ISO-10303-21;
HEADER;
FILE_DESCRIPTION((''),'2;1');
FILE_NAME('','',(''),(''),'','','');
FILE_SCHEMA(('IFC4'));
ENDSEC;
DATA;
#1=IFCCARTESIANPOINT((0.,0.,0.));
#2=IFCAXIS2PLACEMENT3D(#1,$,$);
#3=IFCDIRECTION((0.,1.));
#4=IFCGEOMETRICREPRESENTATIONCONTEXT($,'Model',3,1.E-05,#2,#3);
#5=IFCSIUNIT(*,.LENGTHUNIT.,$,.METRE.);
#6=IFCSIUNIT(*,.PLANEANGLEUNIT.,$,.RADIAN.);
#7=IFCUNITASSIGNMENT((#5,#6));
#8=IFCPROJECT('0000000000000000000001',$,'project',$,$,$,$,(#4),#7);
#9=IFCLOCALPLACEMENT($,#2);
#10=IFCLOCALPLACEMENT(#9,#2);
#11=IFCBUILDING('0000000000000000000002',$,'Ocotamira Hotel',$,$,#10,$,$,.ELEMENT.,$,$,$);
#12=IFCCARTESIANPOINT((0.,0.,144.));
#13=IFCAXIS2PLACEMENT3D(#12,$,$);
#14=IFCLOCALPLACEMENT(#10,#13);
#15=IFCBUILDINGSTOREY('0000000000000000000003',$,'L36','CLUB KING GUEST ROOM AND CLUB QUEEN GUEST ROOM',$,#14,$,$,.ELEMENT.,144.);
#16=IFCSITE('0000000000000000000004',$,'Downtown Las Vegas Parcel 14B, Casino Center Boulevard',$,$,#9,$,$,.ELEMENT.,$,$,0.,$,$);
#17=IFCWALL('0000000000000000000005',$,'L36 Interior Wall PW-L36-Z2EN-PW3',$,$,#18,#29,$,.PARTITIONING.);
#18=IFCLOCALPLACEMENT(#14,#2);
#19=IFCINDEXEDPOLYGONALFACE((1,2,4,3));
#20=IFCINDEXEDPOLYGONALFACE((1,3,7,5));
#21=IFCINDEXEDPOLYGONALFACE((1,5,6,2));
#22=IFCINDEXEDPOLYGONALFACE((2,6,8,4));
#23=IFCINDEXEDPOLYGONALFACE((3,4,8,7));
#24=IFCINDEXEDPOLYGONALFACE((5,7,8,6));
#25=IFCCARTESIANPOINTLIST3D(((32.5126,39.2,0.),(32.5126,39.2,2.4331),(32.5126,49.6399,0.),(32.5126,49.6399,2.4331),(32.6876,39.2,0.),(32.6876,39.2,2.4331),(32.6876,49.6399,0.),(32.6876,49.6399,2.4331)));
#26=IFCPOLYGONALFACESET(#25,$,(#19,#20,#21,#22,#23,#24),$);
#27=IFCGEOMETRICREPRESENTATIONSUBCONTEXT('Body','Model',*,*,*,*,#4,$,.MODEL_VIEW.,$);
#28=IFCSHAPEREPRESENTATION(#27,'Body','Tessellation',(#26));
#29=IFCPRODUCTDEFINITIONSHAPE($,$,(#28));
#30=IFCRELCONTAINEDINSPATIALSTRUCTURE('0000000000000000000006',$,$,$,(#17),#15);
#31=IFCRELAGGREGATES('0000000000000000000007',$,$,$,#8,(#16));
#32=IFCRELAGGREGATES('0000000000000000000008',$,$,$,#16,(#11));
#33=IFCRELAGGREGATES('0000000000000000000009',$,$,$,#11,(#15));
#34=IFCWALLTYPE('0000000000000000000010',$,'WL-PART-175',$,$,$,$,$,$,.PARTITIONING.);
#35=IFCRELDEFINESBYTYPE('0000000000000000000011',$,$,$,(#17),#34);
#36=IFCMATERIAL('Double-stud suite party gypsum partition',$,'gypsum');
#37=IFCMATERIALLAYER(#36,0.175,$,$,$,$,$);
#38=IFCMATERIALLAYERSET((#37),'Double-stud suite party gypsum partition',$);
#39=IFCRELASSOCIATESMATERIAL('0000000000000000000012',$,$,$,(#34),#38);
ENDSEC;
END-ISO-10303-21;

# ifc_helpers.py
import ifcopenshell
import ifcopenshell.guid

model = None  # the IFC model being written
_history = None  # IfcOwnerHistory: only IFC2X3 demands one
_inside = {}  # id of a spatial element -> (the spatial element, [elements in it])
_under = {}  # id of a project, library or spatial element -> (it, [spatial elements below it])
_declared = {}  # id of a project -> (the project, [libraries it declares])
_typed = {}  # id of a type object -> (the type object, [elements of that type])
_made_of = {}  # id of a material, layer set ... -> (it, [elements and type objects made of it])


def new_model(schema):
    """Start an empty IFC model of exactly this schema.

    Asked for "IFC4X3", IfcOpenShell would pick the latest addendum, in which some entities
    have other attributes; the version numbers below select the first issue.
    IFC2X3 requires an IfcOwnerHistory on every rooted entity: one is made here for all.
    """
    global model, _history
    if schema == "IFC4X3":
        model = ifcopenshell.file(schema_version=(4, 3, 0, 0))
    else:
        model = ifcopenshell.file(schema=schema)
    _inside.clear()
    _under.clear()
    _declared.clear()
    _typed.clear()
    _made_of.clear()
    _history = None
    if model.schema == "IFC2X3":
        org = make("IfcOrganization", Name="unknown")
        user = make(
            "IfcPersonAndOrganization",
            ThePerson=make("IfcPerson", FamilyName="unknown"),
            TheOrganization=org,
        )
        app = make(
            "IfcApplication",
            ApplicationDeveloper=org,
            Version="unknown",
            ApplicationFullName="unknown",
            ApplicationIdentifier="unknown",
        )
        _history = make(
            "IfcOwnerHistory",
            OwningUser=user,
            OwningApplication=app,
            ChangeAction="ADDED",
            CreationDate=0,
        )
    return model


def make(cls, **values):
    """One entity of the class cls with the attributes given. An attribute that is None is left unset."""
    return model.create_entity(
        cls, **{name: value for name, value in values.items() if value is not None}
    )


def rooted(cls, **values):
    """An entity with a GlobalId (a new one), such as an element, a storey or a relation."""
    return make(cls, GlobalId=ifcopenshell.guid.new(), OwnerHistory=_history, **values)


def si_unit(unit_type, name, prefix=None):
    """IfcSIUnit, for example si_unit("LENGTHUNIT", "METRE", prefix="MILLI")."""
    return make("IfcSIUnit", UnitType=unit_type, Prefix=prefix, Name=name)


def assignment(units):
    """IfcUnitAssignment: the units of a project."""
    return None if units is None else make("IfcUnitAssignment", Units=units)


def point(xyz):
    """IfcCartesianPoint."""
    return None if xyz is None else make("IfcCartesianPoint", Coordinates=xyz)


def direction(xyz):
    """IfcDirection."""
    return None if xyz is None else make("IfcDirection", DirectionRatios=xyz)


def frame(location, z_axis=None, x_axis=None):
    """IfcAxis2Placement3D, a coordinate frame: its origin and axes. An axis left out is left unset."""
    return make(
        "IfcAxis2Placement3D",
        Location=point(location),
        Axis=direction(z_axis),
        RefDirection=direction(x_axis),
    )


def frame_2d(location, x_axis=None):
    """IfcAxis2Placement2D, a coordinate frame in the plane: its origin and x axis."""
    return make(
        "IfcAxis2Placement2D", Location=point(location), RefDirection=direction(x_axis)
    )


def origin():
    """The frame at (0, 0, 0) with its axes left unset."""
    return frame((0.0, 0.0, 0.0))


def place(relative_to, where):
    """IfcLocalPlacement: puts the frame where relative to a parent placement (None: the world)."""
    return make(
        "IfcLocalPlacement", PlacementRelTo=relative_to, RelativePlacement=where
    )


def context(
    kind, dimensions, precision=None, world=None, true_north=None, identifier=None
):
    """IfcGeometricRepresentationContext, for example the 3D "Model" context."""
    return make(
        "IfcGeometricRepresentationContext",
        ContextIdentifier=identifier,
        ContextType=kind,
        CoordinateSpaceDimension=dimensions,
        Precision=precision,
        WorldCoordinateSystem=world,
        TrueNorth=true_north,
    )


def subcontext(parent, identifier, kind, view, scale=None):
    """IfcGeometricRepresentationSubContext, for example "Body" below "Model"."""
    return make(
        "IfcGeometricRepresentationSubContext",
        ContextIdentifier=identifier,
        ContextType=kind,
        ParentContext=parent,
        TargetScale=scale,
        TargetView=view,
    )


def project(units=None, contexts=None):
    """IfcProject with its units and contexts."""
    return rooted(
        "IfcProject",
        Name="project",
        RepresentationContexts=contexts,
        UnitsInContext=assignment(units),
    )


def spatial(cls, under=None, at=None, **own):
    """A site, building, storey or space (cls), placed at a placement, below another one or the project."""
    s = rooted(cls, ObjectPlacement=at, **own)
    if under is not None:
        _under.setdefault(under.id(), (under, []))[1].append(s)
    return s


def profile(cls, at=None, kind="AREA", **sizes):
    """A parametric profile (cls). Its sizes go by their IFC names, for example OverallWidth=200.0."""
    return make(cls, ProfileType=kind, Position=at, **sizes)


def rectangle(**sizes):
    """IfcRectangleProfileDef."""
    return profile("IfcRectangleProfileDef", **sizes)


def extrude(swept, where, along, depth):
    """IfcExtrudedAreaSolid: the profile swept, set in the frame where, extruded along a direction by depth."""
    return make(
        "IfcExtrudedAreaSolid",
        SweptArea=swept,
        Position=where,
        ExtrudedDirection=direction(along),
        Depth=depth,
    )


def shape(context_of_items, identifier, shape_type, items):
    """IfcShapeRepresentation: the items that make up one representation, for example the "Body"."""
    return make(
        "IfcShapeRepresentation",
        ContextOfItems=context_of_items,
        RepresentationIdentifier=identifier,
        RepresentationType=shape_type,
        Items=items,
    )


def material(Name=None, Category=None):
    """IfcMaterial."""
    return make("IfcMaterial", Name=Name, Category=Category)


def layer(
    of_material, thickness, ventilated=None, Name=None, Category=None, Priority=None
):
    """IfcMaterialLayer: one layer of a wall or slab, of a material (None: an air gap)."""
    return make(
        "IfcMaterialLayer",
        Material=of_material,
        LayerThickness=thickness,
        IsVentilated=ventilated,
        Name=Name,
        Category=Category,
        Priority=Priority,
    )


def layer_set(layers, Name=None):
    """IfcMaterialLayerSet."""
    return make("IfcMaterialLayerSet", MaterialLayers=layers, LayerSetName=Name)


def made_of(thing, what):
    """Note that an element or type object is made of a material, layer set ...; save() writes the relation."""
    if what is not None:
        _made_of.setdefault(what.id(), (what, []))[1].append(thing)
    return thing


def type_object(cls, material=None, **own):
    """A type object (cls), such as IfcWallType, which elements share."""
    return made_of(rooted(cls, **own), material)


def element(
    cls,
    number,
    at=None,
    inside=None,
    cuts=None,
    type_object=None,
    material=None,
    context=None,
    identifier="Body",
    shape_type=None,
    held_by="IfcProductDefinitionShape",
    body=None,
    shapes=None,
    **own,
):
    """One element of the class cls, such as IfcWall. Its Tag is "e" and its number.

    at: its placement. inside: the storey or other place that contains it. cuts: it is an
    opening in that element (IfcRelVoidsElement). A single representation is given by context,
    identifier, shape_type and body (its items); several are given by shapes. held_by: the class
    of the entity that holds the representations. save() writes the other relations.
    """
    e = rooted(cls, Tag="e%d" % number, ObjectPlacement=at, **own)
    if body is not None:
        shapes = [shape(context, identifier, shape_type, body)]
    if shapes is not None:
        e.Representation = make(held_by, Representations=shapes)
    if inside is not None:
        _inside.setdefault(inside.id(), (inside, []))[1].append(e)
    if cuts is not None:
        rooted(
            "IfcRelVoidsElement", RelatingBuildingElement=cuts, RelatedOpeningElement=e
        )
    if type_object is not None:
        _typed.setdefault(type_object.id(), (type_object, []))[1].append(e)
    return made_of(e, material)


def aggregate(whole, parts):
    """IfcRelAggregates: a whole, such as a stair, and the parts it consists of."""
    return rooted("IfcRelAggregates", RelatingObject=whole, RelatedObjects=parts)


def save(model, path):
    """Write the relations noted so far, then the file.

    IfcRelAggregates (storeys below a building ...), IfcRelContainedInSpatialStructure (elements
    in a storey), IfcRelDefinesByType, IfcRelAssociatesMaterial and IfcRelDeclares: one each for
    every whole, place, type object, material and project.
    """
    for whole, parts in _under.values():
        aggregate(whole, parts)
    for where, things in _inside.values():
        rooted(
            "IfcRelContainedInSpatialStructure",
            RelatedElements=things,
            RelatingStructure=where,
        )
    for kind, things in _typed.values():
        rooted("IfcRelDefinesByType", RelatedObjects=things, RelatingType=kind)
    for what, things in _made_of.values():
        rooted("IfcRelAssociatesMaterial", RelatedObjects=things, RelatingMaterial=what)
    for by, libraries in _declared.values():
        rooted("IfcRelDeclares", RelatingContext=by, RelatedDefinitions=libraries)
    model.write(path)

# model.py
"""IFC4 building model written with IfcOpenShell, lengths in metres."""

from ifc_helpers import new_model, si_unit, direction, frame, frame_2d, origin, place, context, subcontext, project, spatial, rectangle, extrude, material, layer, layer_set, type_object, element, save


model = new_model("IFC4")

# Units and contexts
model_context = context("Model", 3, precision=1e-05, world=origin(), true_north=direction((0.0, 1.0)))
body_context = subcontext(model_context, "Body", "Model", "MODEL_VIEW")
ifc_project = project(units=[si_unit("LENGTHUNIT", "METRE"), si_unit("PLANEANGLEUNIT", "RADIAN")], contexts=[model_context])

# Site, building, storey
site_placement = place(None, origin())
site = spatial("IfcSite", under=ifc_project, at=site_placement, Name="Downtown Las Vegas Parcel 14B, Casino Center Boulevard", CompositionType="ELEMENT", RefElevation=0.0)
building_placement = place(site_placement, origin())
building = spatial("IfcBuilding", under=site, at=building_placement, Name="Ocotamira Hotel", CompositionType="ELEMENT")
storey_placement = place(building_placement, frame((0.0, 0.0, 144.0)))
storey = spatial("IfcBuildingStorey", under=building, at=storey_placement, Name="L36", Description="CLUB KING GUEST ROOM AND CLUB QUEEN GUEST ROOM", CompositionType="ELEMENT", Elevation=144.0)

# Wall
ifc_material_1 = material(Name="Double-stud suite party gypsum partition", Category="gypsum")
ifc_layer_1 = layer(ifc_material_1, 0.175)
ifc_layer_set_1 = layer_set([ifc_layer_1], Name="Double-stud suite party gypsum partition")
wall_type_1 = type_object("IfcWallType", Name="WL-PART-175", PredefinedType="PARTITIONING", material=ifc_layer_set_1)
wall_1_placement = place(storey_placement, frame((32.6001, 39.2, 0.0), z_axis=(0.0, 0.0, 1.0), x_axis=(0.0, 1.0, 0.0)))
element("IfcWall", 1, at=wall_1_placement, inside=storey, type_object=wall_type_1, Name="L36 Interior Wall PW-L36-Z2EN-PW3", PredefinedType="PARTITIONING", context=body_context, shape_type="SweptSolid", body=[
    extrude(rectangle(XDim=10.4399, YDim=0.175, at=frame_2d((5.22, 0.0))), origin(), (0.0, 0.0, 1.0), 2.4331),
])

save(model, "model.ifc")
